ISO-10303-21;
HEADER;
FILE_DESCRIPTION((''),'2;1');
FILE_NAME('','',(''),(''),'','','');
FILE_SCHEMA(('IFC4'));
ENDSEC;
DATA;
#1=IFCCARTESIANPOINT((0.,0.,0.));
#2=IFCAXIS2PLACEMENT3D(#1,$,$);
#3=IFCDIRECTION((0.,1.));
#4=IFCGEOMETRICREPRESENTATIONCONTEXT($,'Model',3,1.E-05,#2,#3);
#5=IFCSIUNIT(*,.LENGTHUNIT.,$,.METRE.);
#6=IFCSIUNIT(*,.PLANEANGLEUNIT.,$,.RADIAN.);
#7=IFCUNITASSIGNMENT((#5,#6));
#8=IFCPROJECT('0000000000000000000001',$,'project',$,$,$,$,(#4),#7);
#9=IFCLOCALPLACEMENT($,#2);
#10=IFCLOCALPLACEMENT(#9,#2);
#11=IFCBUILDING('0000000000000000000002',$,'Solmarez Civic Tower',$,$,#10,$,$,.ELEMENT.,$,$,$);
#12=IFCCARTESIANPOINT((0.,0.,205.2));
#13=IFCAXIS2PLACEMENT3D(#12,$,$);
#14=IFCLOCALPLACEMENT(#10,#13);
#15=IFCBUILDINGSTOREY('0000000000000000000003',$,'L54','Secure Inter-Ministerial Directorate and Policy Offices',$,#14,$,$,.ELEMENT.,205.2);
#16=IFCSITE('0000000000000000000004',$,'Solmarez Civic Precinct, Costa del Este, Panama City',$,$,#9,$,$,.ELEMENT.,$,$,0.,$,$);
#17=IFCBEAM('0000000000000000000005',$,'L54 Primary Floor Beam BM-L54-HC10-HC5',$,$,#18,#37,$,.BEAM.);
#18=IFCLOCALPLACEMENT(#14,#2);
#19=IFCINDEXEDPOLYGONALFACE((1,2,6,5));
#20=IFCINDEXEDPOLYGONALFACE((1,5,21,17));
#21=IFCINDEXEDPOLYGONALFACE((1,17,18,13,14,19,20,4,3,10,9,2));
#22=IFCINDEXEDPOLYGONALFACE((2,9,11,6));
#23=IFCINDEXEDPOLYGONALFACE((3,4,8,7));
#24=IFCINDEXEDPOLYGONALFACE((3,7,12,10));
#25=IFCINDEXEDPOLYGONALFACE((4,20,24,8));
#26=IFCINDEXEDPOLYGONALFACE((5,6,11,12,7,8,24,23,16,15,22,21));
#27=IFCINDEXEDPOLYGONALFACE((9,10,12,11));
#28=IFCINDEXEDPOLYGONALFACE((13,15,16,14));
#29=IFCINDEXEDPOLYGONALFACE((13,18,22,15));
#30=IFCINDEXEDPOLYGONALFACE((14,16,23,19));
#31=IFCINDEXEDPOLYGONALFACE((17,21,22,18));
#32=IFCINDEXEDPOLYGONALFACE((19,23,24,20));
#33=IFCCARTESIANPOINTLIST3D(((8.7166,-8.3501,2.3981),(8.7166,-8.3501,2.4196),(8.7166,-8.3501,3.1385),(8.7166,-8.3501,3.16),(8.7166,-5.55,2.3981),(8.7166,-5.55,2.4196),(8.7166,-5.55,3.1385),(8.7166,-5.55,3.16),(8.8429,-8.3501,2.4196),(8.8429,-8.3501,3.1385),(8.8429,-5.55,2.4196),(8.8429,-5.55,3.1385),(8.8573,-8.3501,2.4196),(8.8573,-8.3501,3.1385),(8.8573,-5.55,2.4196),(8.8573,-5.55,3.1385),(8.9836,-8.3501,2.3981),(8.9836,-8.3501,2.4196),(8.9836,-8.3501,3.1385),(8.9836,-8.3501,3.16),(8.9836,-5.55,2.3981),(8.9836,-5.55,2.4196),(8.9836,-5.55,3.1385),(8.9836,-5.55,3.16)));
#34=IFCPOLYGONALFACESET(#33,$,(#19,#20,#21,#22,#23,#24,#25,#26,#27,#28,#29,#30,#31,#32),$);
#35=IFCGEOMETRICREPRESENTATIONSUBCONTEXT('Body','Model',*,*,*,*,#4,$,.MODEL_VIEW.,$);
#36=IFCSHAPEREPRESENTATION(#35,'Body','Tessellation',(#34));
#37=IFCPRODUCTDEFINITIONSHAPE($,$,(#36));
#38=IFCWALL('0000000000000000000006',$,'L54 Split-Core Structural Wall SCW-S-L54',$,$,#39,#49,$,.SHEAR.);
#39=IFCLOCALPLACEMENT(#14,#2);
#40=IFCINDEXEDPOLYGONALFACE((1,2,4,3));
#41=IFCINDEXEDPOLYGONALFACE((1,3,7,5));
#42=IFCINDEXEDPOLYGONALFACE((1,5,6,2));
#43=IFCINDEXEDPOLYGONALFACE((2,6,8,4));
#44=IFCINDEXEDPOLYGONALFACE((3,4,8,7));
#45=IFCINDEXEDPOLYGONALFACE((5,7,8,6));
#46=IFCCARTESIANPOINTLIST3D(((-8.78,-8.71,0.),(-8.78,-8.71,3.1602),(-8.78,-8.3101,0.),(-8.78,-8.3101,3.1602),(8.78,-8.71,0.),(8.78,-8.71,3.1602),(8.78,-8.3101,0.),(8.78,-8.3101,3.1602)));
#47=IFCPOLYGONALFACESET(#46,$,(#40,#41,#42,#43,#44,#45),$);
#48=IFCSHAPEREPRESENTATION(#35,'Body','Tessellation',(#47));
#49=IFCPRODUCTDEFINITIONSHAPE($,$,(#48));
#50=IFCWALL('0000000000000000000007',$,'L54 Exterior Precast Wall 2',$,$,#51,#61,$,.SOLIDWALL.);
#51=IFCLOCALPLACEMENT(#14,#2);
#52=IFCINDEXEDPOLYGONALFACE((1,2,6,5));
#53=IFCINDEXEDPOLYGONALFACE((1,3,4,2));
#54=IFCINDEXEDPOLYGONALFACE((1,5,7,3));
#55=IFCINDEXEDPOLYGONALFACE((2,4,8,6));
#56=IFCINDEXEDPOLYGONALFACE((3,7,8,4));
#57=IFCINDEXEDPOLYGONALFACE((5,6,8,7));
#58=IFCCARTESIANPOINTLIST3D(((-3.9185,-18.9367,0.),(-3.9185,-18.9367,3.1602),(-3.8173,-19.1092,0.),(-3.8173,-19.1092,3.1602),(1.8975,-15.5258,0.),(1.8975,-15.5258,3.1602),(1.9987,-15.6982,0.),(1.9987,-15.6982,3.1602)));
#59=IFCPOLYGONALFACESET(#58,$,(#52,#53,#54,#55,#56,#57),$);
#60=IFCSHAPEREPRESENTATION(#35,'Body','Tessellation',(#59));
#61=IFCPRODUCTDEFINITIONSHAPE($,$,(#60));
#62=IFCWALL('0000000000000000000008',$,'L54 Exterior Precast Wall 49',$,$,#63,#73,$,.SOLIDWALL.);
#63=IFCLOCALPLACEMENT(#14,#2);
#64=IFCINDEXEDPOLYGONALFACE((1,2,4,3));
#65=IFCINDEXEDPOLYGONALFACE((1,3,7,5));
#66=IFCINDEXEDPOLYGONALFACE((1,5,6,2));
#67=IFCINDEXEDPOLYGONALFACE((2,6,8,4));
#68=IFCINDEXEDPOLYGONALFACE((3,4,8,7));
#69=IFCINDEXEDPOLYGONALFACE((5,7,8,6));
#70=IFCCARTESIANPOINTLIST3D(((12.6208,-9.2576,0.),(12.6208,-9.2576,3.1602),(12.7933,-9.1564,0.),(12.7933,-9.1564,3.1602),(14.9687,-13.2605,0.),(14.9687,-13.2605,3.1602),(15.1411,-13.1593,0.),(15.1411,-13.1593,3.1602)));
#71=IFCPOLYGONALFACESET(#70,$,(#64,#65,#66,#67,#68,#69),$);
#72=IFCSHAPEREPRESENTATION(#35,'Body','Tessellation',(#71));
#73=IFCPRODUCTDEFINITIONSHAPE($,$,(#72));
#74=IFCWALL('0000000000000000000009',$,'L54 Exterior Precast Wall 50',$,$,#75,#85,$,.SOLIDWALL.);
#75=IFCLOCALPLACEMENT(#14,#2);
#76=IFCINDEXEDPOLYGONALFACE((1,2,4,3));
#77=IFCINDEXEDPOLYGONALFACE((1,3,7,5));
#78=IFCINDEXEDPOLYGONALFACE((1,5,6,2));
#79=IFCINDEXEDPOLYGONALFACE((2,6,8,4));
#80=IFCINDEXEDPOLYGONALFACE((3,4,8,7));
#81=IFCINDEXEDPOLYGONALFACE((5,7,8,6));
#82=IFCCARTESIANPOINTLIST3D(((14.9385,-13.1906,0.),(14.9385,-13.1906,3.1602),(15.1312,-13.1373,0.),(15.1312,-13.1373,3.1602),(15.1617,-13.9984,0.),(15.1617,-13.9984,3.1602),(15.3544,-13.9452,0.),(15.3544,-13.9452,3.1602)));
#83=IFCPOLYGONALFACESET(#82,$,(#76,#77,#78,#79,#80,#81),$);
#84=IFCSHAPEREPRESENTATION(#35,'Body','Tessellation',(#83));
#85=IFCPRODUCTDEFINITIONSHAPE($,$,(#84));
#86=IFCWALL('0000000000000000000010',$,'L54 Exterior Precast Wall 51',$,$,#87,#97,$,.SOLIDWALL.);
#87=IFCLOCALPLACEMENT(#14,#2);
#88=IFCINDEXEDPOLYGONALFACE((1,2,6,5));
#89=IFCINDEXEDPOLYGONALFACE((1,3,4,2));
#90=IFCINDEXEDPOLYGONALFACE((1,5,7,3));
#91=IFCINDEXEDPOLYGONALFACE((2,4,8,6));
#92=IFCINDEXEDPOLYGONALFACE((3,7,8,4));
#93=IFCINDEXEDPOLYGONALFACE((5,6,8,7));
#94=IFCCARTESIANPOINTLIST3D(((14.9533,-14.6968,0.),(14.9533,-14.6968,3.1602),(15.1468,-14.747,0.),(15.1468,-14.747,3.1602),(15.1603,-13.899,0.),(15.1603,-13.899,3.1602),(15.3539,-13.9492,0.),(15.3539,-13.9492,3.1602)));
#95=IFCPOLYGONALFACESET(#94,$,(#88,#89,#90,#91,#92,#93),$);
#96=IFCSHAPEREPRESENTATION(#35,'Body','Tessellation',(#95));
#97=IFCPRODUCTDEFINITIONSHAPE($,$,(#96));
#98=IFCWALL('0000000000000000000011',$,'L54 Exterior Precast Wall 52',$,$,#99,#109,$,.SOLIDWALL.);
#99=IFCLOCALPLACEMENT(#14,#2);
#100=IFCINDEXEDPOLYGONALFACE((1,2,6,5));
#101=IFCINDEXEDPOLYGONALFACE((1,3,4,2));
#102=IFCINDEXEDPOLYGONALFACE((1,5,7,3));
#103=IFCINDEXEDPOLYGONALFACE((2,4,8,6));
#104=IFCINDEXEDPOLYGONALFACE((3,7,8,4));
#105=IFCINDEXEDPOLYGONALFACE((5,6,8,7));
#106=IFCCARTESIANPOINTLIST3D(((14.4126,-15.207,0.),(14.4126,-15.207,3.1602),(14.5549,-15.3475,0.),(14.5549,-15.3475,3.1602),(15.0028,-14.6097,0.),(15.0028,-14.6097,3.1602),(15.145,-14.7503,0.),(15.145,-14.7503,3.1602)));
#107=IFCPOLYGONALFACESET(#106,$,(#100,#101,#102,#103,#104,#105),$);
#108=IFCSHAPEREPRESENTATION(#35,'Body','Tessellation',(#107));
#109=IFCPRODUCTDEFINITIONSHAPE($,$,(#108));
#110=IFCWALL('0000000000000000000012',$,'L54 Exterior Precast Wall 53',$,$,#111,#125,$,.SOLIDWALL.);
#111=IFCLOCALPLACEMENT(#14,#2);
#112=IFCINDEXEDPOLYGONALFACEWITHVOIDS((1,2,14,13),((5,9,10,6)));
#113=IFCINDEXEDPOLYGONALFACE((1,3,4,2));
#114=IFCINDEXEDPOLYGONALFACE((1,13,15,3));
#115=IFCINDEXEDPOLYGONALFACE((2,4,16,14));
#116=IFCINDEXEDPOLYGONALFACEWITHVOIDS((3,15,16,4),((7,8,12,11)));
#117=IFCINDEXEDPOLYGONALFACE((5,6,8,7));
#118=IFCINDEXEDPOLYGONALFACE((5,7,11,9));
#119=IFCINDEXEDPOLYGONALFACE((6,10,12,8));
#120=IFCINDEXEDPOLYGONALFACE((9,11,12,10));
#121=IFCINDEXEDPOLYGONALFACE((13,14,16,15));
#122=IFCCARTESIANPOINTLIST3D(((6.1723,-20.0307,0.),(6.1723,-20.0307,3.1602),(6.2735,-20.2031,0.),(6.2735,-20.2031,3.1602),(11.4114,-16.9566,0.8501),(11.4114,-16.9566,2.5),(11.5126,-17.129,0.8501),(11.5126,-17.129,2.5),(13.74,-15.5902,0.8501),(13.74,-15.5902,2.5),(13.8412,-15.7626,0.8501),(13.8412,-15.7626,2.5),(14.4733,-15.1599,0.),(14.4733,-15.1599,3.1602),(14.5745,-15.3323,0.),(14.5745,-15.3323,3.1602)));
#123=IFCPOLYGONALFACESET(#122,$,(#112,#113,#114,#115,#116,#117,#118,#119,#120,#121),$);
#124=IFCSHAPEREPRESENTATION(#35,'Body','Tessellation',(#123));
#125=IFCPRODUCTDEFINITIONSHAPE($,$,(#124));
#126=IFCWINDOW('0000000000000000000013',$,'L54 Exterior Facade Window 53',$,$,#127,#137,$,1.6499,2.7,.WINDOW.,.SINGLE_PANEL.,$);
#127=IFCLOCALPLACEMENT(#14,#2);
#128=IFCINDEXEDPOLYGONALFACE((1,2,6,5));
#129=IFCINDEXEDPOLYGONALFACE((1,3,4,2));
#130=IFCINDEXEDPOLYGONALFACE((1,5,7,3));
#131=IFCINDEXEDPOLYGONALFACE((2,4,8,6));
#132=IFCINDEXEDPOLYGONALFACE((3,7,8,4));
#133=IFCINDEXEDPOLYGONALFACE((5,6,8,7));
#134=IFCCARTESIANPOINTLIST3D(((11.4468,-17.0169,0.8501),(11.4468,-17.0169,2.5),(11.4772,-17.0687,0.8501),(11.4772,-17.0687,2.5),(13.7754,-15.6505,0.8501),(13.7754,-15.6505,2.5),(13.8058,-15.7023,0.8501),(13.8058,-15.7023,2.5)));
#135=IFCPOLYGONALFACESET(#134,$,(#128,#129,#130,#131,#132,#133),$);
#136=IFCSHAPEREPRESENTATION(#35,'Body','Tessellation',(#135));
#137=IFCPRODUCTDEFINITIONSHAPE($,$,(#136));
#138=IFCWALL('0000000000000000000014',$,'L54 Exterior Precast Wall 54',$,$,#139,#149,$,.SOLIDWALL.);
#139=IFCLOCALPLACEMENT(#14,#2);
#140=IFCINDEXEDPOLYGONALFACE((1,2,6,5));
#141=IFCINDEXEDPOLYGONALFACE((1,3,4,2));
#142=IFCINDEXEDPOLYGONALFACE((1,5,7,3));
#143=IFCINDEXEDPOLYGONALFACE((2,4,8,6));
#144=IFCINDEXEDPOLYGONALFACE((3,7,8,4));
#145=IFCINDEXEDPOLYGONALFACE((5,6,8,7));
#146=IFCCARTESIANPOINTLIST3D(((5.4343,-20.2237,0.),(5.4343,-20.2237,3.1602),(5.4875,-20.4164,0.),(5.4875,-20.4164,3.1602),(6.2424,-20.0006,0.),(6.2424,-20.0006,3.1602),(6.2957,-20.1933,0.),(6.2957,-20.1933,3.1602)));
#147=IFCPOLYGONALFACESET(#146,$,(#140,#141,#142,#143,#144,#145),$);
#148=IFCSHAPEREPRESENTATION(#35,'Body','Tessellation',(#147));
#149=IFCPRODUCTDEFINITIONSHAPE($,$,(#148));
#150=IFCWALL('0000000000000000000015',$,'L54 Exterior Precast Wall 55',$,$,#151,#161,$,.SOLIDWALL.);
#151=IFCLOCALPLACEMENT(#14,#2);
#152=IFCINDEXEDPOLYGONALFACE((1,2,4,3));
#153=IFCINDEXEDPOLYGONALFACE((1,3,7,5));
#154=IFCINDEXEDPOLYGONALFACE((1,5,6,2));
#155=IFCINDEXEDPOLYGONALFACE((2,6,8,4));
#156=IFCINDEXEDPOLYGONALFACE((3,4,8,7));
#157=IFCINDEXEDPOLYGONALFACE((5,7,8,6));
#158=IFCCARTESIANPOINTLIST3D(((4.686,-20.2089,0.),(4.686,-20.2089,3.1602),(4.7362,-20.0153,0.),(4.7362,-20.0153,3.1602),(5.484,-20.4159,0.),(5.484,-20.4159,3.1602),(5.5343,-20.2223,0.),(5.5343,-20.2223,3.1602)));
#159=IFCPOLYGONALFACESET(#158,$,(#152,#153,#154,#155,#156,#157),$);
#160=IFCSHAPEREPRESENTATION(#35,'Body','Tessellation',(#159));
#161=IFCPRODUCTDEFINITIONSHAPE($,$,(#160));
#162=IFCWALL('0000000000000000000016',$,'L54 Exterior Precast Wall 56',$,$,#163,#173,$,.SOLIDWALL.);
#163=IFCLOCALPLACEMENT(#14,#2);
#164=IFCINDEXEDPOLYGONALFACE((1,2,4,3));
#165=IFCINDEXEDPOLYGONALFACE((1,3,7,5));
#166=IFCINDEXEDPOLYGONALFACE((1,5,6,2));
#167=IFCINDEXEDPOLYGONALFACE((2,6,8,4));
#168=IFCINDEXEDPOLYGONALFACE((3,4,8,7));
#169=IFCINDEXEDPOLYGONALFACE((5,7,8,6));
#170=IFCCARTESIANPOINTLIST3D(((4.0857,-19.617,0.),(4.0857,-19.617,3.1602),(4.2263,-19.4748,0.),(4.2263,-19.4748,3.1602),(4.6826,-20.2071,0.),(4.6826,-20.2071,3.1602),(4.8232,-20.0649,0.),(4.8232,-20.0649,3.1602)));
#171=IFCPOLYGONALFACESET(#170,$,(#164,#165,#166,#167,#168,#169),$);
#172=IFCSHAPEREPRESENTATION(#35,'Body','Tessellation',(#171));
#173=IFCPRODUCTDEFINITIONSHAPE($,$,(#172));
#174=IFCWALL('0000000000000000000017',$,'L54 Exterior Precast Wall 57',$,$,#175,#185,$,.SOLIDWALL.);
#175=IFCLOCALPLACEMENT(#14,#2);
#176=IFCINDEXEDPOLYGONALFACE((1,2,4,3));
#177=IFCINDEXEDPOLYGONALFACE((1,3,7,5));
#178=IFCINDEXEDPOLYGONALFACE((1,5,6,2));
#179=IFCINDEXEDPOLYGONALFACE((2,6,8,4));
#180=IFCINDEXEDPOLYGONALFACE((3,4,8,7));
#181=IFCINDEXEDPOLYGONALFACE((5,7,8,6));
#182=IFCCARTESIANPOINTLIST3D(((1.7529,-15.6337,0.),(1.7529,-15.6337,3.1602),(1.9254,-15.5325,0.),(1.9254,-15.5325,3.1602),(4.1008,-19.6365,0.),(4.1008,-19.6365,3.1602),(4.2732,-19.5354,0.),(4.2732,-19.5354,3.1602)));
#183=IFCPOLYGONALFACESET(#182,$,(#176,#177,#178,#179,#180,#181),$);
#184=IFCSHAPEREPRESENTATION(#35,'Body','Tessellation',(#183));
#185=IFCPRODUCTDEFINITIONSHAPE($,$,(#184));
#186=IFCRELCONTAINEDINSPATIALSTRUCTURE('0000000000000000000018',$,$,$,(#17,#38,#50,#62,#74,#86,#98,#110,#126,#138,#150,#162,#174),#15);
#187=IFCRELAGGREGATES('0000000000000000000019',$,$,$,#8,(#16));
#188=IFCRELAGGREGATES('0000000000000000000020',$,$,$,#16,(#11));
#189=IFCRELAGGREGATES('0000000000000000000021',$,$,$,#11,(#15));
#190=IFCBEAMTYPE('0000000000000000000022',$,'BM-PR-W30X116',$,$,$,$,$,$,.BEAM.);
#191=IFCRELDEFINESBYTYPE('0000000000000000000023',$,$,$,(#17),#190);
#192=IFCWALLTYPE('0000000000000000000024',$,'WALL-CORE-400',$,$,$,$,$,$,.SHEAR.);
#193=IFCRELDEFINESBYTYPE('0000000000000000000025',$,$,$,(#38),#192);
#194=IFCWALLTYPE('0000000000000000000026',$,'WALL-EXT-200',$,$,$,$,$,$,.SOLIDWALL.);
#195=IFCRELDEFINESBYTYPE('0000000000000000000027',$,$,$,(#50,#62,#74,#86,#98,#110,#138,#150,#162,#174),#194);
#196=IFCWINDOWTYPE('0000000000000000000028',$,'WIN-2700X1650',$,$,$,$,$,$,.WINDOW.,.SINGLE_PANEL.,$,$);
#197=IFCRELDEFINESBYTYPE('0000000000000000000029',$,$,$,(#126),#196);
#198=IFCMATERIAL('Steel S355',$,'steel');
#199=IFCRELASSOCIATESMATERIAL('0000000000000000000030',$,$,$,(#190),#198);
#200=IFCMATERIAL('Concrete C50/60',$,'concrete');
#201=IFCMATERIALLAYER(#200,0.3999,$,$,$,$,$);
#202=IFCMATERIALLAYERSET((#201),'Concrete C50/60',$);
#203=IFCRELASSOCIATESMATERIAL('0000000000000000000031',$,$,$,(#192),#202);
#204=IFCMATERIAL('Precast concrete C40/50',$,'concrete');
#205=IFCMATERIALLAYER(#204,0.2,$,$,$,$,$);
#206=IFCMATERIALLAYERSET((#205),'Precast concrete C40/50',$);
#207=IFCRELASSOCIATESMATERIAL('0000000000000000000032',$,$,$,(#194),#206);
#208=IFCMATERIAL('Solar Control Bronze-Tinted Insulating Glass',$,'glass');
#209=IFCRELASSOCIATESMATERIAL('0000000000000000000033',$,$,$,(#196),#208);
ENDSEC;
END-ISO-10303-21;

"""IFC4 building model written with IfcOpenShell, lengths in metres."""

from ifc_helpers import new_model, si_unit, direction, frame, frame_2d, origin, origin_2d, place, context, subcontext, project, spatial, rectangle, i_section, extrude, material, layer, layer_set, material_profile, profile_set, type_object, element, fill, save


model = new_model("IFC4")

# Units and contexts
model_context = context("Model", 3, precision=1e-05, world=origin(), true_north=direction((0.0, 1.0)))
body_context = subcontext(model_context, "Body", "Model", "MODEL_VIEW")
ifc_project = project(units=[si_unit("LENGTHUNIT", "METRE"), si_unit("PLANEANGLEUNIT", "RADIAN")], contexts=[model_context])

# Site, building, storey
site_placement = place(None, origin())
site = spatial("IfcSite", under=ifc_project, at=site_placement, Name="Solmarez Civic Precinct, Costa del Este, Panama City", CompositionType="ELEMENT", RefElevation=0.0)
building_placement = place(site_placement, origin())
building = spatial("IfcBuilding", under=site, at=building_placement, Name="Solmarez Civic Tower", CompositionType="ELEMENT")
storey_placement = place(building_placement, frame((0.0, 0.0, 205.2)))
storey = spatial("IfcBuildingStorey", under=building, at=storey_placement, Name="L54", Description="Secure Inter-Ministerial Directorate and Policy Offices", CompositionType="ELEMENT", Elevation=205.2)

# Shared definitions
ifc_material_1 = material(Name="Concrete C50/60", Category="concrete")
ifc_material_2 = material(Name="Steel S355", Category="steel")

# Beam
ifc_material_profile_1 = material_profile(ifc_material_2, i_section(OverallWidth=0.2671, OverallDepth=0.762, WebThickness=0.0144, FlangeThickness=0.0215, at=origin_2d()), Name="W30X116")
ifc_profile_set_1 = profile_set([ifc_material_profile_1], Name="Steel S355")
beam_type_1 = type_object("IfcBeamType", Name="BM-PR-W30X116", PredefinedType="BEAM", material=ifc_profile_set_1)
beam_1_placement = place(storey_placement, frame((8.8501, -8.3501, 2.7791), z_axis=(0.0, 1.0, 0.0), x_axis=(-1.0, 0.0, 0.0)))
element("IfcBeam", 1, at=beam_1_placement, inside=storey, type_object=beam_type_1, Name="L54 Primary Floor Beam BM-L54-HC10-HC5", PredefinedType="BEAM", context=body_context, shape_type="SweptSolid", body=[
    extrude(i_section(OverallWidth=0.2671, OverallDepth=0.762, WebThickness=0.0144, FlangeThickness=0.0215, at=origin_2d()), origin(), (0.0, 0.0, 1.0), 2.8),
])

# Walls
ifc_layer_1 = layer(ifc_material_1, 0.3999)
ifc_layer_set_1 = layer_set([ifc_layer_1], Name="Concrete C50/60")
wall_type_1 = type_object("IfcWallType", Name="WALL-CORE-400", PredefinedType="SHEAR", material=ifc_layer_set_1)
wall_1_placement = place(storey_placement, frame((8.78, -8.51, 0.0), z_axis=(0.0, 0.0, 1.0), x_axis=(-1.0, 0.0, 0.0)))
element("IfcWall", 2, at=wall_1_placement, inside=storey, type_object=wall_type_1, Name="L54 Split-Core Structural Wall SCW-S-L54", PredefinedType="SHEAR", context=body_context, shape_type="SweptSolid", body=[
    extrude(rectangle(XDim=17.5601, YDim=0.3999, at=frame_2d((8.78, 0.0))), origin(), (0.0, 0.0, 1.0), 3.1602),
])
ifc_material_3 = material(Name="Precast concrete C40/50", Category="concrete")
ifc_layer_2 = layer(ifc_material_3, 0.2)
ifc_layer_set_2 = layer_set([ifc_layer_2], Name="Precast concrete C40/50")
wall_type_2 = type_object("IfcWallType", Name="WALL-EXT-200", PredefinedType="SOLIDWALL", material=ifc_layer_set_2)
wall_2_placement = place(storey_placement, frame((1.948, -15.6121, 0.0), z_axis=(0.0, 0.0, 1.0), x_axis=(-0.862597, -0.505891, 0.0)))
element("IfcWall", 3, at=wall_2_placement, inside=storey, type_object=wall_type_2, Name="L54 Exterior Precast Wall 2", PredefinedType="SOLIDWALL", context=body_context, shape_type="SweptSolid", body=[
    extrude(rectangle(XDim=6.7424, YDim=0.2, at=frame_2d((3.3711, 0.0))), origin(), (0.0, 0.0, 1.0), 3.1602),
])
wall_3_placement = place(storey_placement, frame((12.707, -9.207, 0.0), z_axis=(0.0, 0.0, 1.0), x_axis=(0.505937, -0.862571, 0.0)))
element("IfcWall", 4, at=wall_3_placement, inside=storey, type_object=wall_type_2, Name="L54 Exterior Precast Wall 49", PredefinedType="SOLIDWALL", context=body_context, shape_type="SweptSolid", body=[
    extrude(rectangle(XDim=4.6406, YDim=0.2, at=frame_2d((2.3203, 0.0))), origin(), (0.0, 0.0, 1.0), 3.1602),
])
wall_4_placement = place(storey_placement, frame((15.0349, -13.1641, 0.0), z_axis=(0.0, 0.0, 1.0), x_axis=(0.266246, -0.963905, 0.0)))
element("IfcWall", 5, at=wall_4_placement, inside=storey, type_object=wall_type_2, Name="L54 Exterior Precast Wall 50", PredefinedType="SOLIDWALL", context=body_context, shape_type="SweptSolid", body=[
    extrude(rectangle(XDim=0.8381, YDim=0.2, at=frame_2d((0.4189, 0.0))), origin(), (0.0, 0.0, 1.0), 3.1602),
])
wall_5_placement = place(storey_placement, frame((15.2571, -13.9241, 0.0), z_axis=(0.0, 0.0, 1.0), x_axis=(-0.251168, -0.967944, 0.0)))
element("IfcWall", 6, at=wall_5_placement, inside=storey, type_object=wall_type_2, Name="L54 Exterior Precast Wall 51", PredefinedType="SOLIDWALL", context=body_context, shape_type="SweptSolid", body=[
    extrude(rectangle(XDim=0.8242, YDim=0.2, at=frame_2d((0.4121, 0.0))), origin(), (0.0, 0.0, 1.0), 3.1602),
])
wall_6_placement = place(storey_placement, frame((15.074, -14.6799, 0.0), z_axis=(0.0, 0.0, 1.0), x_axis=(-0.702878, -0.711311, 0.0)))
element("IfcWall", 7, at=wall_6_placement, inside=storey, type_object=wall_type_2, Name="L54 Exterior Precast Wall 52", PredefinedType="SOLIDWALL", context=body_context, shape_type="SweptSolid", body=[
    extrude(rectangle(XDim=0.8396, YDim=0.2, at=frame_2d((0.4199, 0.0))), origin(), (0.0, 0.0, 1.0), 3.1602),
])

# Wall, opening, window
wall_7_placement = place(storey_placement, frame((14.5239, -15.2461, 0.0), z_axis=(0.0, 0.0, 1.0), x_axis=(-0.862483, -0.506085, 0.0)))
wall_7 = element("IfcWall", 8, at=wall_7_placement, inside=storey, type_object=wall_type_2, Name="L54 Exterior Precast Wall 53", PredefinedType="SOLIDWALL", context=body_context, shape_type="SweptSolid", body=[
    extrude(rectangle(XDim=9.6245, YDim=0.2, at=frame_2d((4.8123, 0.0))), origin(), (0.0, 0.0, 1.0), 3.1602),
])
opening_1_placement = place(wall_7_placement, frame((0.8501, 0.0, 0.8501)))
opening_1 = element("IfcOpeningElement", 9, at=opening_1_placement, cuts=wall_7, PredefinedType="OPENING", context=body_context, shape_type="SweptSolid", body=[
    extrude(rectangle(XDim=2.7, YDim=1.6499, at=frame_2d((1.3501, 0.825))), frame((0.0, 0.1099, 0.0), z_axis=(0.0, -1.0, 0.0), x_axis=(1.0, 0.0, 0.0)), (0.0, 0.0, 1.0), 0.22),
])
ifc_material_4 = material(Name="Solar Control Bronze-Tinted Insulating Glass", Category="glass")
window_type = type_object("IfcWindowType", Name="WIN-2700X1650", PartitioningType="SINGLE_PANEL", PredefinedType="WINDOW", material=ifc_material_4)
window_placement = place(opening_1_placement, origin())
window = element("IfcWindow", 10, at=window_placement, inside=storey, type_object=window_type, Name="L54 Exterior Facade Window 53", OverallHeight=1.6499, OverallWidth=2.7, PartitioningType="SINGLE_PANEL", PredefinedType="WINDOW", context=body_context, shape_type="SweptSolid", body=[
    extrude(rectangle(XDim=2.7, YDim=1.6499, at=frame_2d((1.3501, 0.825))), frame((0.0, 0.03, 0.0), z_axis=(0.0, -1.0, 0.0), x_axis=(1.0, 0.0, 0.0)), (0.0, 0.0, 1.0), 0.0601),
])
fill(opening_1, window)

# Walls
wall_8_placement = place(storey_placement, frame((6.269, -20.0969, 0.0), z_axis=(0.0, 0.0, 1.0), x_axis=(-0.963926, -0.266172, 0.0)))
element("IfcWall", 11, at=wall_8_placement, inside=storey, type_object=wall_type_2, Name="L54 Exterior Precast Wall 54", PredefinedType="SOLIDWALL", context=body_context, shape_type="SweptSolid", body=[
    extrude(rectangle(XDim=0.8384, YDim=0.2, at=frame_2d((0.4192, 0.0))), origin(), (0.0, 0.0, 1.0), 3.1602),
])
wall_9_placement = place(storey_placement, frame((5.509, -20.3191, 0.0), z_axis=(0.0, 0.0, 1.0), x_axis=(-0.967962, 0.251096, 0.0)))
element("IfcWall", 12, at=wall_9_placement, inside=storey, type_object=wall_type_2, Name="L54 Exterior Precast Wall 55", PredefinedType="SOLIDWALL", context=body_context, shape_type="SweptSolid", body=[
    extrude(rectangle(XDim=0.8245, YDim=0.2, at=frame_2d((0.4121, 0.0))), origin(), (0.0, 0.0, 1.0), 3.1602),
])
wall_10_placement = place(storey_placement, frame((4.7529, -20.136, 0.0), z_axis=(0.0, 0.0, 1.0), x_axis=(-0.711167, 0.703023, 0.0)))
element("IfcWall", 13, at=wall_10_placement, inside=storey, type_object=wall_type_2, Name="L54 Exterior Precast Wall 56", PredefinedType="SOLIDWALL", context=body_context, shape_type="SweptSolid", body=[
    extrude(rectangle(XDim=0.8394, YDim=0.2, at=frame_2d((0.4197, 0.0))), origin(), (0.0, 0.0, 1.0), 3.1602),
])
wall_11_placement = place(storey_placement, frame((4.187, -19.5859, 0.0), z_axis=(0.0, 0.0, 1.0), x_axis=(-0.505937, 0.862571, 0.0)))
element("IfcWall", 14, at=wall_11_placement, inside=storey, type_object=wall_type_2, Name="L54 Exterior Precast Wall 57", PredefinedType="SOLIDWALL", context=body_context, shape_type="SweptSolid", body=[
    extrude(rectangle(XDim=4.6406, YDim=0.2, at=frame_2d((2.3203, 0.0))), origin(), (0.0, 0.0, 1.0), 3.1602),
])

save(model, "model.ifc")
